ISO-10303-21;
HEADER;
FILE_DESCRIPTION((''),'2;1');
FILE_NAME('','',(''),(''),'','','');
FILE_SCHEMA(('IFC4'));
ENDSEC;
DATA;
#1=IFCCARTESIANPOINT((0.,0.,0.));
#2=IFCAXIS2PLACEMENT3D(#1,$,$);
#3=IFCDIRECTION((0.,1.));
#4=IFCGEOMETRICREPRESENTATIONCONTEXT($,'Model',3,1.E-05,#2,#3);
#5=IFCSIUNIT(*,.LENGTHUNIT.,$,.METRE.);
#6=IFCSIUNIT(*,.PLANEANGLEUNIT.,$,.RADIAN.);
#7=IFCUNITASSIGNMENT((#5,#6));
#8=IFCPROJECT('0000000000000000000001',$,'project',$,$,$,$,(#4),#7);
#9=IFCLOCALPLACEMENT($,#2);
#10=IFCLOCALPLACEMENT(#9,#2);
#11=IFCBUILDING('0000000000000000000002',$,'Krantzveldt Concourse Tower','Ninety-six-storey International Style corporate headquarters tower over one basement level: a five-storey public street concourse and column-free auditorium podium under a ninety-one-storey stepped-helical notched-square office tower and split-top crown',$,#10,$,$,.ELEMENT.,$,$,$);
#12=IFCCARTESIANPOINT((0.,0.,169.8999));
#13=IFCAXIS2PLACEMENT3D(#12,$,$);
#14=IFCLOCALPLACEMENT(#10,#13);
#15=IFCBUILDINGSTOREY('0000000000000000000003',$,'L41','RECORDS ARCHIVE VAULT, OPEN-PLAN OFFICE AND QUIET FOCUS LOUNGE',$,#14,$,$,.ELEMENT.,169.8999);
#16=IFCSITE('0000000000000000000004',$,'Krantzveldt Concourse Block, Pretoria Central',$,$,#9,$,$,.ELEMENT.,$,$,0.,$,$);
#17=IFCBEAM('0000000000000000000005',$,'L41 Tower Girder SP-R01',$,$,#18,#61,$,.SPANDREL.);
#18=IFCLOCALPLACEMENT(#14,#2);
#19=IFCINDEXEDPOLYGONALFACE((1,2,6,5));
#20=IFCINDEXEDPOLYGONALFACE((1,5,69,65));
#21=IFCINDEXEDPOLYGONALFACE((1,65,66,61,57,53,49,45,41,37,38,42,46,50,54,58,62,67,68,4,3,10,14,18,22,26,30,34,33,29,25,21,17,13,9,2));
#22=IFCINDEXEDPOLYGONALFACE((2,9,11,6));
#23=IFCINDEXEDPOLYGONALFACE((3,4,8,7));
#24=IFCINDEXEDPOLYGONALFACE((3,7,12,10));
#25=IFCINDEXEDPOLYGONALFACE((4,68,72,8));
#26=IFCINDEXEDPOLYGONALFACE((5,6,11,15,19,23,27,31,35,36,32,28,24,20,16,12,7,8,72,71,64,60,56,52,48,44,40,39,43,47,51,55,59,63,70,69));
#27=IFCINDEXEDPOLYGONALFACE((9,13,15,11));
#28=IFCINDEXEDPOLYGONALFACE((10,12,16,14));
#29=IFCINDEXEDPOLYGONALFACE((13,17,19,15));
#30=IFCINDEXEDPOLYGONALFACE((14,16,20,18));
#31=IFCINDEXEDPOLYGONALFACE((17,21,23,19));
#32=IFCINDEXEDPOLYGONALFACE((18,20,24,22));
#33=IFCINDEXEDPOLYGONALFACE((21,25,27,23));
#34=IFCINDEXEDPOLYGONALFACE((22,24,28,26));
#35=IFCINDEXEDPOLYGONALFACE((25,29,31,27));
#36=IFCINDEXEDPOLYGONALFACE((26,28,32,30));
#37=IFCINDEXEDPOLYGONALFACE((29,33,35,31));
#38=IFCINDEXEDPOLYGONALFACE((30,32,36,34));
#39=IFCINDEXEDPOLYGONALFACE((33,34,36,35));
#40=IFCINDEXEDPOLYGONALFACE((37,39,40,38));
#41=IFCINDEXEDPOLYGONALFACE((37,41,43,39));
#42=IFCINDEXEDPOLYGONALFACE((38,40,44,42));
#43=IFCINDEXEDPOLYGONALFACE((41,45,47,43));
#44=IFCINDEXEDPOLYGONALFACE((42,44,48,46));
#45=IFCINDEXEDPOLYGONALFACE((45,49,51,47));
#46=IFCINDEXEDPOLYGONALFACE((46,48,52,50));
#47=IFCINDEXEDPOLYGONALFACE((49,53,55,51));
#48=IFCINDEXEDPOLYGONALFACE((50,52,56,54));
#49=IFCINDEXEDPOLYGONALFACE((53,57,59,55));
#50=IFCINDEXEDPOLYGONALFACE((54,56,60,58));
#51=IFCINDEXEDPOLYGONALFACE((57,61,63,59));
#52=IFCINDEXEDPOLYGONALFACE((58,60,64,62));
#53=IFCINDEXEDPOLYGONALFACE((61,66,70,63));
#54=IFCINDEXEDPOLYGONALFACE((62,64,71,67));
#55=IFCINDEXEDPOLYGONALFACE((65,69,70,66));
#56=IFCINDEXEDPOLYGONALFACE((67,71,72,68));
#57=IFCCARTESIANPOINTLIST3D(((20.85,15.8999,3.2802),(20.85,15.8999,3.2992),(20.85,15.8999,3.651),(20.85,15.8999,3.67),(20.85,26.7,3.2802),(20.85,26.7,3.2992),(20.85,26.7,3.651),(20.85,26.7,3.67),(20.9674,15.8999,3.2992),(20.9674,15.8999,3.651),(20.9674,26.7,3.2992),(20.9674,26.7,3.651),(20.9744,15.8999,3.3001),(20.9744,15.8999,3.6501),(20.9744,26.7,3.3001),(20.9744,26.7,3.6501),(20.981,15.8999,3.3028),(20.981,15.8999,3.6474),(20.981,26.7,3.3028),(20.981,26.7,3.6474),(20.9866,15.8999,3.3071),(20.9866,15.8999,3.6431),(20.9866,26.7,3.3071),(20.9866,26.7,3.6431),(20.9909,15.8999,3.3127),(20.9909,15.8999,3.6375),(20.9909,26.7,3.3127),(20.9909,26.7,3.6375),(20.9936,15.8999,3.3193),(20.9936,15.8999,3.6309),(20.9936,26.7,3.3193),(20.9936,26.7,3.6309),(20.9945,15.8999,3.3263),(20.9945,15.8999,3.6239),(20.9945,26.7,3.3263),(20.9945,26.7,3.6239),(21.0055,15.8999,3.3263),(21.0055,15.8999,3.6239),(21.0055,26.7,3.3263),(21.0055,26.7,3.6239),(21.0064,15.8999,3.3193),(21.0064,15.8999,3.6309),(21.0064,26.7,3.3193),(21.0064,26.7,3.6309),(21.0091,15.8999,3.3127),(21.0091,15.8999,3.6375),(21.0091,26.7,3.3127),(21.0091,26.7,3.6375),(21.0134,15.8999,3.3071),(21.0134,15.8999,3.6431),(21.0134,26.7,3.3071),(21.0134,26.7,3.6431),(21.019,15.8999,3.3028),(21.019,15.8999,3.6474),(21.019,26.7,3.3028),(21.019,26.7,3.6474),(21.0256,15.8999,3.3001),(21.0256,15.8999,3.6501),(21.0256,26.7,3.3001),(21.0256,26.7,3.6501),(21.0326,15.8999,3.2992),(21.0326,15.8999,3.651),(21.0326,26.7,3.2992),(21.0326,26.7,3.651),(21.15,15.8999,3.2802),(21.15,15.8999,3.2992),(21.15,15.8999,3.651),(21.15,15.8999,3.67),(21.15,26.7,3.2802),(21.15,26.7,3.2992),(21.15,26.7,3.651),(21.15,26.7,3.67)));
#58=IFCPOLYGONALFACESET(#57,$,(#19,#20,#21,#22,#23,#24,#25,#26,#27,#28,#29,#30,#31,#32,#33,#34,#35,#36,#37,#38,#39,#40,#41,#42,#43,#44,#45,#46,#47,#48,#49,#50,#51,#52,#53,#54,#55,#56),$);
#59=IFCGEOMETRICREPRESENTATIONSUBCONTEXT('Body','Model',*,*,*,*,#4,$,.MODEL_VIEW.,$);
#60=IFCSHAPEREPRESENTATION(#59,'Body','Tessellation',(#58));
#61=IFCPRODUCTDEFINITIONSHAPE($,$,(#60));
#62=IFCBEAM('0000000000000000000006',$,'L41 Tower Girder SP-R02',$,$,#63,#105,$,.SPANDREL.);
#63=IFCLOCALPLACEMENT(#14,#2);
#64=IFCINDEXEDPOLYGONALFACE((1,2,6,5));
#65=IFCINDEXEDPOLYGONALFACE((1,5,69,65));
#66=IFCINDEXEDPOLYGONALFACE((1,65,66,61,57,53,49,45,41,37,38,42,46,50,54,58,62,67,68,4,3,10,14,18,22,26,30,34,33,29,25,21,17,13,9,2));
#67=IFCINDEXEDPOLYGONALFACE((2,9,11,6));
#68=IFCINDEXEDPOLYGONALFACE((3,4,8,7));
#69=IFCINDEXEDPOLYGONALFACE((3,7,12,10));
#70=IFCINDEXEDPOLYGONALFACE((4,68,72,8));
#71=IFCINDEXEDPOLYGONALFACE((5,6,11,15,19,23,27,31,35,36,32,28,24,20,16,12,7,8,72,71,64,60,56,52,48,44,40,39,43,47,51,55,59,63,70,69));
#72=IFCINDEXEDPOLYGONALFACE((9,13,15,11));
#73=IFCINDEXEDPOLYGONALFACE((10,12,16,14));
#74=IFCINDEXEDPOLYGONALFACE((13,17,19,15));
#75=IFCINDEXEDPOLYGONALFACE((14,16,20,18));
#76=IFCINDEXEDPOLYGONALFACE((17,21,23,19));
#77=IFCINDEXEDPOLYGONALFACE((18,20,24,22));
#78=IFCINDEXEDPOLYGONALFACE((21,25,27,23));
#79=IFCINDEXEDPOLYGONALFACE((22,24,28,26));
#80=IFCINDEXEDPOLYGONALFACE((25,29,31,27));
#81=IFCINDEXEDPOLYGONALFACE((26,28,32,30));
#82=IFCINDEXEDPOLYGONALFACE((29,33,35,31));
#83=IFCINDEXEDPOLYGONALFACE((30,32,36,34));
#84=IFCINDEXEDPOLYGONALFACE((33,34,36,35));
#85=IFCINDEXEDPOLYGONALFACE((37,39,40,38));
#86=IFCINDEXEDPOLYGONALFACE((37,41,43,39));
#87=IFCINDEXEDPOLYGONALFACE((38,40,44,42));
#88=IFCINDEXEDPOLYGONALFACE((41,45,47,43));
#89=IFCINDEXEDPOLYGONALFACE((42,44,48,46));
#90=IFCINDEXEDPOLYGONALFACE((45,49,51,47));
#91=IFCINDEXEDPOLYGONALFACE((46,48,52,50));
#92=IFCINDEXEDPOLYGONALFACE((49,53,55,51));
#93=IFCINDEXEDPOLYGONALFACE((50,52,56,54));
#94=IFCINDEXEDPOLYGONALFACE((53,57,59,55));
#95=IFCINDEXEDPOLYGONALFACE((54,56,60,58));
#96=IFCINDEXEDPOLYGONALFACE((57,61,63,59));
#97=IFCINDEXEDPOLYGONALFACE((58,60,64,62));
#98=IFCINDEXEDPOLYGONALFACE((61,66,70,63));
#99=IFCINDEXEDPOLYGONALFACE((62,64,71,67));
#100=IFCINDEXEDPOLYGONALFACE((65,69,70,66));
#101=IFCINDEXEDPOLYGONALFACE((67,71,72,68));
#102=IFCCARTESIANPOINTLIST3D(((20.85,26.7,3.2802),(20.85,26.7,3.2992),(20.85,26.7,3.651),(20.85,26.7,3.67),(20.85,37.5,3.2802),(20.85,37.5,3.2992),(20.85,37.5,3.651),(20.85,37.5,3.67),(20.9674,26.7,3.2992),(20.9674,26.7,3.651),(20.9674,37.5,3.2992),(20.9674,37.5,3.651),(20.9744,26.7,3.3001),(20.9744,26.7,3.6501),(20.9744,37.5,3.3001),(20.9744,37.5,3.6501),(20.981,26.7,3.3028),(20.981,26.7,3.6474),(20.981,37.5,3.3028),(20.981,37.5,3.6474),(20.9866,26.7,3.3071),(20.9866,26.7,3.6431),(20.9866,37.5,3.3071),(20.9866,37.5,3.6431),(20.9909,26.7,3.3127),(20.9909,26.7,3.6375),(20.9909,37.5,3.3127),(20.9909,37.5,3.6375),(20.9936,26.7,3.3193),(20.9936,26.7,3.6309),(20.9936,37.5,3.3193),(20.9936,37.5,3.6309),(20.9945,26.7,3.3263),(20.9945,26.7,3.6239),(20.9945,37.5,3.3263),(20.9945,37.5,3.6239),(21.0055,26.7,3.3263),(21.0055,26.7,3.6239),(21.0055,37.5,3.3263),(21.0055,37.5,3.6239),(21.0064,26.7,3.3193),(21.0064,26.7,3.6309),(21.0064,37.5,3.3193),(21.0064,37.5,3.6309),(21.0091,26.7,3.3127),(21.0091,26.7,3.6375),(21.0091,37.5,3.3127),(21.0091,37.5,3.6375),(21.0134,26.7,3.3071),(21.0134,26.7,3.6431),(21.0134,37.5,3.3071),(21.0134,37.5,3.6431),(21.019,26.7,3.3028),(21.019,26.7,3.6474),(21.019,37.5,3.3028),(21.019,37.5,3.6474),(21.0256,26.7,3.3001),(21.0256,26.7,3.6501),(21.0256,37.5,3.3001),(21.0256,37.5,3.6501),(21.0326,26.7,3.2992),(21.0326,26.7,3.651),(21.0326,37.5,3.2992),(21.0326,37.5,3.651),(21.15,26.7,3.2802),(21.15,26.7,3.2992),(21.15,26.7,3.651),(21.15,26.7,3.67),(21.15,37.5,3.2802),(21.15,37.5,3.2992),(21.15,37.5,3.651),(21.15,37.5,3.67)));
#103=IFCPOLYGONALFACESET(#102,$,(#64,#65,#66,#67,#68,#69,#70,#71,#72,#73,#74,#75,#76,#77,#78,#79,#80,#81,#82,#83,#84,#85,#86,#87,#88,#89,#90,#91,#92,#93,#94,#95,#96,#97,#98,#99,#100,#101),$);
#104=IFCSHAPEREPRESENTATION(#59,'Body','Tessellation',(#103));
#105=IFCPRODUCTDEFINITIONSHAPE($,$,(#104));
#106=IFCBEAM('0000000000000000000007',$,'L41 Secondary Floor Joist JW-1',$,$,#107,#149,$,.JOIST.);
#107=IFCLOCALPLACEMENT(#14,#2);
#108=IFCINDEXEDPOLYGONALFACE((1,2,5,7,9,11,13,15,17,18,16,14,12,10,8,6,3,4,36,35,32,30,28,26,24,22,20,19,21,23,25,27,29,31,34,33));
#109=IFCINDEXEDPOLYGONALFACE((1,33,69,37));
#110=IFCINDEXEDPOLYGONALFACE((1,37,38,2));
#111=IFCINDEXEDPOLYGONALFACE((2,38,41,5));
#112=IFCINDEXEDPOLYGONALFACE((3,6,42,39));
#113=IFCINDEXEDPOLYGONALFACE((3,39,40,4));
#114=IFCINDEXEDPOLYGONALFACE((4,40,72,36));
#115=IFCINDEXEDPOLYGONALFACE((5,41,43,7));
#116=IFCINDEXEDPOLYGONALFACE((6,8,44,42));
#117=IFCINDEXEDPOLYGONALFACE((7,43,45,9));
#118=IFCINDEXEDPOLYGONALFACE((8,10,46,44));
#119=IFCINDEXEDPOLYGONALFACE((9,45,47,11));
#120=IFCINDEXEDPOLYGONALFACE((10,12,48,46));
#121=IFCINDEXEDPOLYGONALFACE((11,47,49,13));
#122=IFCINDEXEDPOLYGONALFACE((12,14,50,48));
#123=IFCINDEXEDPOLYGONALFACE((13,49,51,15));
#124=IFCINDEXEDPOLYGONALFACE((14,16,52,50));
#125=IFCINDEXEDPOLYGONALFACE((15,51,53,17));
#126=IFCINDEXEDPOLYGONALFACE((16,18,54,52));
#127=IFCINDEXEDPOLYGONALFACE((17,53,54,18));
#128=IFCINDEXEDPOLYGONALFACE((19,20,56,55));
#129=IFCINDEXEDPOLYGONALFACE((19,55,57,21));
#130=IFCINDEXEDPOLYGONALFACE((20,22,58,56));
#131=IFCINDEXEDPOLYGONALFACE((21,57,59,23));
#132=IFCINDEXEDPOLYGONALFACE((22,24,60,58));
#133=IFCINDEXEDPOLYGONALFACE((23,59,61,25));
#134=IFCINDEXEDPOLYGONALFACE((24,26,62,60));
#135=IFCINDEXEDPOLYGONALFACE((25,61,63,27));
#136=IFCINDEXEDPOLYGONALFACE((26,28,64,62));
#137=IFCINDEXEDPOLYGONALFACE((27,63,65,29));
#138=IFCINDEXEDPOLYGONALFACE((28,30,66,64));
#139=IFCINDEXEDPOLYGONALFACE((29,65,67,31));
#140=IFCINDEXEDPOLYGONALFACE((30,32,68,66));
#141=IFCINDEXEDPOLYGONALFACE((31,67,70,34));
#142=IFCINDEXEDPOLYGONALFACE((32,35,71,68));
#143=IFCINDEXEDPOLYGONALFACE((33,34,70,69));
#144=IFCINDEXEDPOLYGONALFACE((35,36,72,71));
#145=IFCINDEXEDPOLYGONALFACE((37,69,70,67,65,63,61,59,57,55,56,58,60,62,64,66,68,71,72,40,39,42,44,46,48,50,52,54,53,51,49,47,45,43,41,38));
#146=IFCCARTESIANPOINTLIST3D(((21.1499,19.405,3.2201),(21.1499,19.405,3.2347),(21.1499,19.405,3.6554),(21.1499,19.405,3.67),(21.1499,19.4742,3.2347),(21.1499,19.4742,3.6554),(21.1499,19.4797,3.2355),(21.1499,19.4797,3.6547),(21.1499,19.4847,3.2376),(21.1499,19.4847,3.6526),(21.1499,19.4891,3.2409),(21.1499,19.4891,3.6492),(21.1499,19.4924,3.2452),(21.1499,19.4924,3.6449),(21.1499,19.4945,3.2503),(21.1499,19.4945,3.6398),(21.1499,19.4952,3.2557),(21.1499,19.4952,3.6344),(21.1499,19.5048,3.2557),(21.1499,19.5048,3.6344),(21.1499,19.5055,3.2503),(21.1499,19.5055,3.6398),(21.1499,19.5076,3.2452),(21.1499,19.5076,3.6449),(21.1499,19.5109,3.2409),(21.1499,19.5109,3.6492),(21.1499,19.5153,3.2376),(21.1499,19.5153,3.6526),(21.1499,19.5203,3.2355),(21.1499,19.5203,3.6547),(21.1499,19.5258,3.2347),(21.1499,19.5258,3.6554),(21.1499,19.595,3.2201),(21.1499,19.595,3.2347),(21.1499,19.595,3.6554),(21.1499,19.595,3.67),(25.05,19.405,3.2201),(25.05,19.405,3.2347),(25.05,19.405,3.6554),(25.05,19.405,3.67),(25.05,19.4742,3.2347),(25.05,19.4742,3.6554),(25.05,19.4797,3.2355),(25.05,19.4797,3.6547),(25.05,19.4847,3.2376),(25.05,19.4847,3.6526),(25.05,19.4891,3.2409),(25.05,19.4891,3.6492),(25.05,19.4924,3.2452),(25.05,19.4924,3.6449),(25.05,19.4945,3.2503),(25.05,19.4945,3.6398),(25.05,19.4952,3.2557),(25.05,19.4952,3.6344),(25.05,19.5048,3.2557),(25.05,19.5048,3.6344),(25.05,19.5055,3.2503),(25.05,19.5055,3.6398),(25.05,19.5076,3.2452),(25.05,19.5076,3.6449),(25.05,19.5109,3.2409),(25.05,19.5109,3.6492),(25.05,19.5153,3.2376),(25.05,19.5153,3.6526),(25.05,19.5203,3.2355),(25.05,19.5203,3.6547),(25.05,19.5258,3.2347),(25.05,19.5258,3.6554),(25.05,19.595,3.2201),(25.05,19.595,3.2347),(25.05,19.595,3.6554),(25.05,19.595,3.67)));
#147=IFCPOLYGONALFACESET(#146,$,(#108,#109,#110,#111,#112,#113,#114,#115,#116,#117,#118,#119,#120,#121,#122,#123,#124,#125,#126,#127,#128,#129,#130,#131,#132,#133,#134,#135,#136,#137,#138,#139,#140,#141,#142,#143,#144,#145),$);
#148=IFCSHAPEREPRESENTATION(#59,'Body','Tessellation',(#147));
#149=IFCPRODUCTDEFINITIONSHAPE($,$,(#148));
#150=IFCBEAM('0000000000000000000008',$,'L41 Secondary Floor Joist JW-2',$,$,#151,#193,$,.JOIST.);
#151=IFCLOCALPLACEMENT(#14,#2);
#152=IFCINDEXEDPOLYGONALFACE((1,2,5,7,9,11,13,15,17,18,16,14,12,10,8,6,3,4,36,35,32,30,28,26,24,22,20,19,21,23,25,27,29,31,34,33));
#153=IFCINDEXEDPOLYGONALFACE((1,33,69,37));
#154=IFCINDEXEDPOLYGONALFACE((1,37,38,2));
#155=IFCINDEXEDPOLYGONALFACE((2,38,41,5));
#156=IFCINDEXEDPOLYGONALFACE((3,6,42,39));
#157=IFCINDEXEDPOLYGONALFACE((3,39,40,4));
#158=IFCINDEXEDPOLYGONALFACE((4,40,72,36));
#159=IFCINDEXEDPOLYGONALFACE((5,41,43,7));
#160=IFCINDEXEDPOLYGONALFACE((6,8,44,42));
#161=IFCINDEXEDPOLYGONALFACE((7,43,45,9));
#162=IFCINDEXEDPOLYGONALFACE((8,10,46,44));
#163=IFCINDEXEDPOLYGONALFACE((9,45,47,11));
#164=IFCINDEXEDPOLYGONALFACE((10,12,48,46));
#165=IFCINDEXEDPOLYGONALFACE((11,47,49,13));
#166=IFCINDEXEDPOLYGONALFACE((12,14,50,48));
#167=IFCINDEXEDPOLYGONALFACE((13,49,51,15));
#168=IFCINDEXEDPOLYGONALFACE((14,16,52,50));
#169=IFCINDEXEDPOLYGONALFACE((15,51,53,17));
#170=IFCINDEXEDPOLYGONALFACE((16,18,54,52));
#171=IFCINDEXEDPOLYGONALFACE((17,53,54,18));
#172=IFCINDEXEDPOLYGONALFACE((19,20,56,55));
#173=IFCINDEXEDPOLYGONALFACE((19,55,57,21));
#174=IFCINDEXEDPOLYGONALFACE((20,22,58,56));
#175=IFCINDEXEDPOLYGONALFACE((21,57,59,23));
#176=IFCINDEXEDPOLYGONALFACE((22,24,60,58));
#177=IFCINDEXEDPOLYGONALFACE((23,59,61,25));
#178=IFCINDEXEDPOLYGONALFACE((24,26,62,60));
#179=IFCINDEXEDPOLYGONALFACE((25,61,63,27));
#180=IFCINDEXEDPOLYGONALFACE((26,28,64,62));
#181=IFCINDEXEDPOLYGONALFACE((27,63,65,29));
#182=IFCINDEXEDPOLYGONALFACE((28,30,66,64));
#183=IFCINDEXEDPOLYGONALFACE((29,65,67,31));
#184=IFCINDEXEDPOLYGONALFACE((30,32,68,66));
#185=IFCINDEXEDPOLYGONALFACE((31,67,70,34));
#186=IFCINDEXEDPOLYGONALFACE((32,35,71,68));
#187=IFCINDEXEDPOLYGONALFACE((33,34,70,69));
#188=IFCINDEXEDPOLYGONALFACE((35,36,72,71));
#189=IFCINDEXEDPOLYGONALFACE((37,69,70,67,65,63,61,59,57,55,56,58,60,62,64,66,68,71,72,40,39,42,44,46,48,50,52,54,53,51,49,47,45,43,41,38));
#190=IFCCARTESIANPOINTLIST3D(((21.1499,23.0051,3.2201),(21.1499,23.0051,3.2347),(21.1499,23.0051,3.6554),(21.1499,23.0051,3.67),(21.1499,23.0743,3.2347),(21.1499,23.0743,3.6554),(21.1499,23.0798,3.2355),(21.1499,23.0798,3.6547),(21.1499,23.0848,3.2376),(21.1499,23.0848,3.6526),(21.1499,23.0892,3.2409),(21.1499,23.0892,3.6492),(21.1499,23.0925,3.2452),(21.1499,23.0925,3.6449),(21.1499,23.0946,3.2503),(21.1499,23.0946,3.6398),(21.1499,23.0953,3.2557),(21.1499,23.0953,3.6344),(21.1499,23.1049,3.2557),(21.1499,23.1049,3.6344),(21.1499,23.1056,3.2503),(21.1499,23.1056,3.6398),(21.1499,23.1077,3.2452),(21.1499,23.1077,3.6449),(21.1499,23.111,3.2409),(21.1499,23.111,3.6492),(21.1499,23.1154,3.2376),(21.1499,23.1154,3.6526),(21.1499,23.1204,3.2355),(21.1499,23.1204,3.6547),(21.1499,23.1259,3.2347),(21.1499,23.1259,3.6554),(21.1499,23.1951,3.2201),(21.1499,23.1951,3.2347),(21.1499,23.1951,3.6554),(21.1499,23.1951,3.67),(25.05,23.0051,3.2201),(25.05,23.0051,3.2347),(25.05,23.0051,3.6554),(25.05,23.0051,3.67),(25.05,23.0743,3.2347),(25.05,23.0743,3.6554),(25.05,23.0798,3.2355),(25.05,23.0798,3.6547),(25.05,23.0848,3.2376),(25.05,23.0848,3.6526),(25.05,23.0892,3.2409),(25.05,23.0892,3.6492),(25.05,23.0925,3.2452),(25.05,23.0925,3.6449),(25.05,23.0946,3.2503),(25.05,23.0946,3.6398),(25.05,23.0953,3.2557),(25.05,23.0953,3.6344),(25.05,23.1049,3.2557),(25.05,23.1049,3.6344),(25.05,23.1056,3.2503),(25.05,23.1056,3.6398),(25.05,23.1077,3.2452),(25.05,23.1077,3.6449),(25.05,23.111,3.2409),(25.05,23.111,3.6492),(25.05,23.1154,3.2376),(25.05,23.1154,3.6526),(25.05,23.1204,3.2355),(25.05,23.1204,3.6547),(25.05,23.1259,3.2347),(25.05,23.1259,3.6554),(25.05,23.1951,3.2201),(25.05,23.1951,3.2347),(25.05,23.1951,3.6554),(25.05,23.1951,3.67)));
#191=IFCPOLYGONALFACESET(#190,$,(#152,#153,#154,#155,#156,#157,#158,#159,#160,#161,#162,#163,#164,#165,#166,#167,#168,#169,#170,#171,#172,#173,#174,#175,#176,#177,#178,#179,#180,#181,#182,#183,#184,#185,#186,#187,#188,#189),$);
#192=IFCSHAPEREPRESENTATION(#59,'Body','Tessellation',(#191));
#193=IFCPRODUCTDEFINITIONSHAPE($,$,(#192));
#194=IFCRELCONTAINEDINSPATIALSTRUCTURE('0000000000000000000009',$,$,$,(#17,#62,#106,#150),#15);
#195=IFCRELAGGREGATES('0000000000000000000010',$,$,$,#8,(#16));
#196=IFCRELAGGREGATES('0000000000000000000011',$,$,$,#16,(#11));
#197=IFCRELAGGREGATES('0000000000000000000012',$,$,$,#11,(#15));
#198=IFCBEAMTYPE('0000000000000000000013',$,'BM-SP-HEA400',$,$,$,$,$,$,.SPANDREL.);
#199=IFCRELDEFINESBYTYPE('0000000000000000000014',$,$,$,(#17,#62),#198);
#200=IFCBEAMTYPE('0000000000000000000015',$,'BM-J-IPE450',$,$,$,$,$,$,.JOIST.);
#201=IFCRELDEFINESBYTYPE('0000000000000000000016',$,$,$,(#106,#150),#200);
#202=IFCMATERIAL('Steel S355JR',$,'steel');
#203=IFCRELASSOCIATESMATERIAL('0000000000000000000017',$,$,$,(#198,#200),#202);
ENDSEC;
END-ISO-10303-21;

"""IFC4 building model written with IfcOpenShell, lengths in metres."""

from ifc_helpers import new_model, si_unit, direction, frame, origin, origin_2d, place, context, subcontext, project, spatial, i_section, extrude, source, transform, mapped, material, material_profile, profile_set, type_object, type_shapes, element, save


model = new_model("IFC4")

# Units and contexts
model_context = context("Model", 3, precision=1e-05, world=origin(), true_north=direction((0.0, 1.0)))
body_context = subcontext(model_context, "Body", "Model", "MODEL_VIEW")
ifc_project = project(units=[si_unit("LENGTHUNIT", "METRE"), si_unit("PLANEANGLEUNIT", "RADIAN")], contexts=[model_context])

# Site, building, storey
site_placement = place(None, origin())
site = spatial("IfcSite", under=ifc_project, at=site_placement, Name="Krantzveldt Concourse Block, Pretoria Central", CompositionType="ELEMENT", RefElevation=0.0)
building_placement = place(site_placement, origin())
building = spatial("IfcBuilding", under=site, at=building_placement, Name="Krantzveldt Concourse Tower", Description="Ninety-six-storey International Style corporate headquarters tower over one basement level: a five-storey public street concourse and column-free auditorium podium under a ninety-one-storey stepped-helical notched-square office tower and split-top crown", CompositionType="ELEMENT")
storey_placement = place(building_placement, frame((0.0, 0.0, 169.8999)))
storey = spatial("IfcBuildingStorey", under=building, at=storey_placement, Name="L41", Description="RECORDS ARCHIVE VAULT, OPEN-PLAN OFFICE AND QUIET FOCUS LOUNGE", CompositionType="ELEMENT", Elevation=169.8999)

# Beams
ifc_material_1 = material(Name="Steel S355JR", Category="steel")
ifc_material_profile_1 = material_profile(ifc_material_1, i_section(OverallWidth=0.3, OverallDepth=0.3899, WebThickness=0.011, FlangeThickness=0.019, FilletRadius=0.0271, at=origin_2d()), Name="Steel S355JR", Category="steel")
ifc_profile_set_1 = profile_set([ifc_material_profile_1], Name="Steel S355JR - HEA 400")
beam_type_1 = type_object("IfcBeamType", Name="BM-SP-HEA400", PredefinedType="SPANDREL", material=ifc_profile_set_1)
shared_shape_1 = source(origin(), body_context, "Body", "SweptSolid", [
    extrude(i_section(OverallWidth=0.3, OverallDepth=0.3899, WebThickness=0.011, FlangeThickness=0.019, FilletRadius=0.0271, at=origin_2d()), origin(), (0.0, 0.0, 1.0), 10.8),
])
type_shapes(beam_type_1, [shared_shape_1])
for number, where, z_axis, x_axis, name in (
    (1, (21.0, 15.8999, 3.4751), (0.0, 1.0, 0.0), (-1.0, 0.0, 0.0), "L41 Tower Girder SP-R01"),
    (2, (21.0, 26.7, 3.4751), (0.0, 1.0, 0.0), (-1.0, 0.0, 0.0), "L41 Tower Girder SP-R02"),
):
    element("IfcBeam", number, at=place(storey_placement, frame(where, z_axis=z_axis, x_axis=x_axis)), inside=storey, type_object=beam_type_1, Name=name, PredefinedType="SPANDREL", context=body_context, shape_type="MappedRepresentation", body=[
        mapped(shared_shape_1, transform((0.0, 0.0, 0.0), x_axis=(1.0, 0.0, 0.0), y_axis=(0.0, 1.0, 0.0), z_axis=(0.0, 0.0, 1.0), scale=1.0)),
    ])
ifc_material_profile_2 = material_profile(ifc_material_1, i_section(OverallWidth=0.1899, OverallDepth=0.45, WebThickness=0.0095, FlangeThickness=0.0146, FilletRadius=0.021, at=origin_2d()), Name="Steel S355JR", Category="steel")
ifc_profile_set_2 = profile_set([ifc_material_profile_2], Name="Steel S355JR - IPE 450")
beam_type_2 = type_object("IfcBeamType", Name="BM-J-IPE450", PredefinedType="JOIST", material=ifc_profile_set_2)
shared_shape_2 = source(origin(), body_context, "Body", "SweptSolid", [
    extrude(i_section(OverallWidth=0.1899, OverallDepth=0.45, WebThickness=0.0095, FlangeThickness=0.0146, FilletRadius=0.021, at=origin_2d()), origin(), (0.0, 0.0, 1.0), 3.9001),
])
type_shapes(beam_type_2, [shared_shape_2])
for number, where, z_axis, x_axis, name in (
    (3, (21.1499, 19.5, 3.4451), (1.0, 0.0, 0.0), (0.0, 1.0, 0.0), "L41 Secondary Floor Joist JW-1"),
    (4, (21.1499, 23.1001, 3.4451), (1.0, 0.0, 0.0), (0.0, 1.0, 0.0), "L41 Secondary Floor Joist JW-2"),
):
    element("IfcBeam", number, at=place(storey_placement, frame(where, z_axis=z_axis, x_axis=x_axis)), inside=storey, type_object=beam_type_2, Name=name, PredefinedType="JOIST", context=body_context, shape_type="MappedRepresentation", body=[
        mapped(shared_shape_2, transform((0.0, 0.0, 0.0), x_axis=(1.0, 0.0, 0.0), y_axis=(0.0, 1.0, 0.0), z_axis=(0.0, 0.0, 1.0), scale=1.0)),
    ])

save(model, "model.ifc")
